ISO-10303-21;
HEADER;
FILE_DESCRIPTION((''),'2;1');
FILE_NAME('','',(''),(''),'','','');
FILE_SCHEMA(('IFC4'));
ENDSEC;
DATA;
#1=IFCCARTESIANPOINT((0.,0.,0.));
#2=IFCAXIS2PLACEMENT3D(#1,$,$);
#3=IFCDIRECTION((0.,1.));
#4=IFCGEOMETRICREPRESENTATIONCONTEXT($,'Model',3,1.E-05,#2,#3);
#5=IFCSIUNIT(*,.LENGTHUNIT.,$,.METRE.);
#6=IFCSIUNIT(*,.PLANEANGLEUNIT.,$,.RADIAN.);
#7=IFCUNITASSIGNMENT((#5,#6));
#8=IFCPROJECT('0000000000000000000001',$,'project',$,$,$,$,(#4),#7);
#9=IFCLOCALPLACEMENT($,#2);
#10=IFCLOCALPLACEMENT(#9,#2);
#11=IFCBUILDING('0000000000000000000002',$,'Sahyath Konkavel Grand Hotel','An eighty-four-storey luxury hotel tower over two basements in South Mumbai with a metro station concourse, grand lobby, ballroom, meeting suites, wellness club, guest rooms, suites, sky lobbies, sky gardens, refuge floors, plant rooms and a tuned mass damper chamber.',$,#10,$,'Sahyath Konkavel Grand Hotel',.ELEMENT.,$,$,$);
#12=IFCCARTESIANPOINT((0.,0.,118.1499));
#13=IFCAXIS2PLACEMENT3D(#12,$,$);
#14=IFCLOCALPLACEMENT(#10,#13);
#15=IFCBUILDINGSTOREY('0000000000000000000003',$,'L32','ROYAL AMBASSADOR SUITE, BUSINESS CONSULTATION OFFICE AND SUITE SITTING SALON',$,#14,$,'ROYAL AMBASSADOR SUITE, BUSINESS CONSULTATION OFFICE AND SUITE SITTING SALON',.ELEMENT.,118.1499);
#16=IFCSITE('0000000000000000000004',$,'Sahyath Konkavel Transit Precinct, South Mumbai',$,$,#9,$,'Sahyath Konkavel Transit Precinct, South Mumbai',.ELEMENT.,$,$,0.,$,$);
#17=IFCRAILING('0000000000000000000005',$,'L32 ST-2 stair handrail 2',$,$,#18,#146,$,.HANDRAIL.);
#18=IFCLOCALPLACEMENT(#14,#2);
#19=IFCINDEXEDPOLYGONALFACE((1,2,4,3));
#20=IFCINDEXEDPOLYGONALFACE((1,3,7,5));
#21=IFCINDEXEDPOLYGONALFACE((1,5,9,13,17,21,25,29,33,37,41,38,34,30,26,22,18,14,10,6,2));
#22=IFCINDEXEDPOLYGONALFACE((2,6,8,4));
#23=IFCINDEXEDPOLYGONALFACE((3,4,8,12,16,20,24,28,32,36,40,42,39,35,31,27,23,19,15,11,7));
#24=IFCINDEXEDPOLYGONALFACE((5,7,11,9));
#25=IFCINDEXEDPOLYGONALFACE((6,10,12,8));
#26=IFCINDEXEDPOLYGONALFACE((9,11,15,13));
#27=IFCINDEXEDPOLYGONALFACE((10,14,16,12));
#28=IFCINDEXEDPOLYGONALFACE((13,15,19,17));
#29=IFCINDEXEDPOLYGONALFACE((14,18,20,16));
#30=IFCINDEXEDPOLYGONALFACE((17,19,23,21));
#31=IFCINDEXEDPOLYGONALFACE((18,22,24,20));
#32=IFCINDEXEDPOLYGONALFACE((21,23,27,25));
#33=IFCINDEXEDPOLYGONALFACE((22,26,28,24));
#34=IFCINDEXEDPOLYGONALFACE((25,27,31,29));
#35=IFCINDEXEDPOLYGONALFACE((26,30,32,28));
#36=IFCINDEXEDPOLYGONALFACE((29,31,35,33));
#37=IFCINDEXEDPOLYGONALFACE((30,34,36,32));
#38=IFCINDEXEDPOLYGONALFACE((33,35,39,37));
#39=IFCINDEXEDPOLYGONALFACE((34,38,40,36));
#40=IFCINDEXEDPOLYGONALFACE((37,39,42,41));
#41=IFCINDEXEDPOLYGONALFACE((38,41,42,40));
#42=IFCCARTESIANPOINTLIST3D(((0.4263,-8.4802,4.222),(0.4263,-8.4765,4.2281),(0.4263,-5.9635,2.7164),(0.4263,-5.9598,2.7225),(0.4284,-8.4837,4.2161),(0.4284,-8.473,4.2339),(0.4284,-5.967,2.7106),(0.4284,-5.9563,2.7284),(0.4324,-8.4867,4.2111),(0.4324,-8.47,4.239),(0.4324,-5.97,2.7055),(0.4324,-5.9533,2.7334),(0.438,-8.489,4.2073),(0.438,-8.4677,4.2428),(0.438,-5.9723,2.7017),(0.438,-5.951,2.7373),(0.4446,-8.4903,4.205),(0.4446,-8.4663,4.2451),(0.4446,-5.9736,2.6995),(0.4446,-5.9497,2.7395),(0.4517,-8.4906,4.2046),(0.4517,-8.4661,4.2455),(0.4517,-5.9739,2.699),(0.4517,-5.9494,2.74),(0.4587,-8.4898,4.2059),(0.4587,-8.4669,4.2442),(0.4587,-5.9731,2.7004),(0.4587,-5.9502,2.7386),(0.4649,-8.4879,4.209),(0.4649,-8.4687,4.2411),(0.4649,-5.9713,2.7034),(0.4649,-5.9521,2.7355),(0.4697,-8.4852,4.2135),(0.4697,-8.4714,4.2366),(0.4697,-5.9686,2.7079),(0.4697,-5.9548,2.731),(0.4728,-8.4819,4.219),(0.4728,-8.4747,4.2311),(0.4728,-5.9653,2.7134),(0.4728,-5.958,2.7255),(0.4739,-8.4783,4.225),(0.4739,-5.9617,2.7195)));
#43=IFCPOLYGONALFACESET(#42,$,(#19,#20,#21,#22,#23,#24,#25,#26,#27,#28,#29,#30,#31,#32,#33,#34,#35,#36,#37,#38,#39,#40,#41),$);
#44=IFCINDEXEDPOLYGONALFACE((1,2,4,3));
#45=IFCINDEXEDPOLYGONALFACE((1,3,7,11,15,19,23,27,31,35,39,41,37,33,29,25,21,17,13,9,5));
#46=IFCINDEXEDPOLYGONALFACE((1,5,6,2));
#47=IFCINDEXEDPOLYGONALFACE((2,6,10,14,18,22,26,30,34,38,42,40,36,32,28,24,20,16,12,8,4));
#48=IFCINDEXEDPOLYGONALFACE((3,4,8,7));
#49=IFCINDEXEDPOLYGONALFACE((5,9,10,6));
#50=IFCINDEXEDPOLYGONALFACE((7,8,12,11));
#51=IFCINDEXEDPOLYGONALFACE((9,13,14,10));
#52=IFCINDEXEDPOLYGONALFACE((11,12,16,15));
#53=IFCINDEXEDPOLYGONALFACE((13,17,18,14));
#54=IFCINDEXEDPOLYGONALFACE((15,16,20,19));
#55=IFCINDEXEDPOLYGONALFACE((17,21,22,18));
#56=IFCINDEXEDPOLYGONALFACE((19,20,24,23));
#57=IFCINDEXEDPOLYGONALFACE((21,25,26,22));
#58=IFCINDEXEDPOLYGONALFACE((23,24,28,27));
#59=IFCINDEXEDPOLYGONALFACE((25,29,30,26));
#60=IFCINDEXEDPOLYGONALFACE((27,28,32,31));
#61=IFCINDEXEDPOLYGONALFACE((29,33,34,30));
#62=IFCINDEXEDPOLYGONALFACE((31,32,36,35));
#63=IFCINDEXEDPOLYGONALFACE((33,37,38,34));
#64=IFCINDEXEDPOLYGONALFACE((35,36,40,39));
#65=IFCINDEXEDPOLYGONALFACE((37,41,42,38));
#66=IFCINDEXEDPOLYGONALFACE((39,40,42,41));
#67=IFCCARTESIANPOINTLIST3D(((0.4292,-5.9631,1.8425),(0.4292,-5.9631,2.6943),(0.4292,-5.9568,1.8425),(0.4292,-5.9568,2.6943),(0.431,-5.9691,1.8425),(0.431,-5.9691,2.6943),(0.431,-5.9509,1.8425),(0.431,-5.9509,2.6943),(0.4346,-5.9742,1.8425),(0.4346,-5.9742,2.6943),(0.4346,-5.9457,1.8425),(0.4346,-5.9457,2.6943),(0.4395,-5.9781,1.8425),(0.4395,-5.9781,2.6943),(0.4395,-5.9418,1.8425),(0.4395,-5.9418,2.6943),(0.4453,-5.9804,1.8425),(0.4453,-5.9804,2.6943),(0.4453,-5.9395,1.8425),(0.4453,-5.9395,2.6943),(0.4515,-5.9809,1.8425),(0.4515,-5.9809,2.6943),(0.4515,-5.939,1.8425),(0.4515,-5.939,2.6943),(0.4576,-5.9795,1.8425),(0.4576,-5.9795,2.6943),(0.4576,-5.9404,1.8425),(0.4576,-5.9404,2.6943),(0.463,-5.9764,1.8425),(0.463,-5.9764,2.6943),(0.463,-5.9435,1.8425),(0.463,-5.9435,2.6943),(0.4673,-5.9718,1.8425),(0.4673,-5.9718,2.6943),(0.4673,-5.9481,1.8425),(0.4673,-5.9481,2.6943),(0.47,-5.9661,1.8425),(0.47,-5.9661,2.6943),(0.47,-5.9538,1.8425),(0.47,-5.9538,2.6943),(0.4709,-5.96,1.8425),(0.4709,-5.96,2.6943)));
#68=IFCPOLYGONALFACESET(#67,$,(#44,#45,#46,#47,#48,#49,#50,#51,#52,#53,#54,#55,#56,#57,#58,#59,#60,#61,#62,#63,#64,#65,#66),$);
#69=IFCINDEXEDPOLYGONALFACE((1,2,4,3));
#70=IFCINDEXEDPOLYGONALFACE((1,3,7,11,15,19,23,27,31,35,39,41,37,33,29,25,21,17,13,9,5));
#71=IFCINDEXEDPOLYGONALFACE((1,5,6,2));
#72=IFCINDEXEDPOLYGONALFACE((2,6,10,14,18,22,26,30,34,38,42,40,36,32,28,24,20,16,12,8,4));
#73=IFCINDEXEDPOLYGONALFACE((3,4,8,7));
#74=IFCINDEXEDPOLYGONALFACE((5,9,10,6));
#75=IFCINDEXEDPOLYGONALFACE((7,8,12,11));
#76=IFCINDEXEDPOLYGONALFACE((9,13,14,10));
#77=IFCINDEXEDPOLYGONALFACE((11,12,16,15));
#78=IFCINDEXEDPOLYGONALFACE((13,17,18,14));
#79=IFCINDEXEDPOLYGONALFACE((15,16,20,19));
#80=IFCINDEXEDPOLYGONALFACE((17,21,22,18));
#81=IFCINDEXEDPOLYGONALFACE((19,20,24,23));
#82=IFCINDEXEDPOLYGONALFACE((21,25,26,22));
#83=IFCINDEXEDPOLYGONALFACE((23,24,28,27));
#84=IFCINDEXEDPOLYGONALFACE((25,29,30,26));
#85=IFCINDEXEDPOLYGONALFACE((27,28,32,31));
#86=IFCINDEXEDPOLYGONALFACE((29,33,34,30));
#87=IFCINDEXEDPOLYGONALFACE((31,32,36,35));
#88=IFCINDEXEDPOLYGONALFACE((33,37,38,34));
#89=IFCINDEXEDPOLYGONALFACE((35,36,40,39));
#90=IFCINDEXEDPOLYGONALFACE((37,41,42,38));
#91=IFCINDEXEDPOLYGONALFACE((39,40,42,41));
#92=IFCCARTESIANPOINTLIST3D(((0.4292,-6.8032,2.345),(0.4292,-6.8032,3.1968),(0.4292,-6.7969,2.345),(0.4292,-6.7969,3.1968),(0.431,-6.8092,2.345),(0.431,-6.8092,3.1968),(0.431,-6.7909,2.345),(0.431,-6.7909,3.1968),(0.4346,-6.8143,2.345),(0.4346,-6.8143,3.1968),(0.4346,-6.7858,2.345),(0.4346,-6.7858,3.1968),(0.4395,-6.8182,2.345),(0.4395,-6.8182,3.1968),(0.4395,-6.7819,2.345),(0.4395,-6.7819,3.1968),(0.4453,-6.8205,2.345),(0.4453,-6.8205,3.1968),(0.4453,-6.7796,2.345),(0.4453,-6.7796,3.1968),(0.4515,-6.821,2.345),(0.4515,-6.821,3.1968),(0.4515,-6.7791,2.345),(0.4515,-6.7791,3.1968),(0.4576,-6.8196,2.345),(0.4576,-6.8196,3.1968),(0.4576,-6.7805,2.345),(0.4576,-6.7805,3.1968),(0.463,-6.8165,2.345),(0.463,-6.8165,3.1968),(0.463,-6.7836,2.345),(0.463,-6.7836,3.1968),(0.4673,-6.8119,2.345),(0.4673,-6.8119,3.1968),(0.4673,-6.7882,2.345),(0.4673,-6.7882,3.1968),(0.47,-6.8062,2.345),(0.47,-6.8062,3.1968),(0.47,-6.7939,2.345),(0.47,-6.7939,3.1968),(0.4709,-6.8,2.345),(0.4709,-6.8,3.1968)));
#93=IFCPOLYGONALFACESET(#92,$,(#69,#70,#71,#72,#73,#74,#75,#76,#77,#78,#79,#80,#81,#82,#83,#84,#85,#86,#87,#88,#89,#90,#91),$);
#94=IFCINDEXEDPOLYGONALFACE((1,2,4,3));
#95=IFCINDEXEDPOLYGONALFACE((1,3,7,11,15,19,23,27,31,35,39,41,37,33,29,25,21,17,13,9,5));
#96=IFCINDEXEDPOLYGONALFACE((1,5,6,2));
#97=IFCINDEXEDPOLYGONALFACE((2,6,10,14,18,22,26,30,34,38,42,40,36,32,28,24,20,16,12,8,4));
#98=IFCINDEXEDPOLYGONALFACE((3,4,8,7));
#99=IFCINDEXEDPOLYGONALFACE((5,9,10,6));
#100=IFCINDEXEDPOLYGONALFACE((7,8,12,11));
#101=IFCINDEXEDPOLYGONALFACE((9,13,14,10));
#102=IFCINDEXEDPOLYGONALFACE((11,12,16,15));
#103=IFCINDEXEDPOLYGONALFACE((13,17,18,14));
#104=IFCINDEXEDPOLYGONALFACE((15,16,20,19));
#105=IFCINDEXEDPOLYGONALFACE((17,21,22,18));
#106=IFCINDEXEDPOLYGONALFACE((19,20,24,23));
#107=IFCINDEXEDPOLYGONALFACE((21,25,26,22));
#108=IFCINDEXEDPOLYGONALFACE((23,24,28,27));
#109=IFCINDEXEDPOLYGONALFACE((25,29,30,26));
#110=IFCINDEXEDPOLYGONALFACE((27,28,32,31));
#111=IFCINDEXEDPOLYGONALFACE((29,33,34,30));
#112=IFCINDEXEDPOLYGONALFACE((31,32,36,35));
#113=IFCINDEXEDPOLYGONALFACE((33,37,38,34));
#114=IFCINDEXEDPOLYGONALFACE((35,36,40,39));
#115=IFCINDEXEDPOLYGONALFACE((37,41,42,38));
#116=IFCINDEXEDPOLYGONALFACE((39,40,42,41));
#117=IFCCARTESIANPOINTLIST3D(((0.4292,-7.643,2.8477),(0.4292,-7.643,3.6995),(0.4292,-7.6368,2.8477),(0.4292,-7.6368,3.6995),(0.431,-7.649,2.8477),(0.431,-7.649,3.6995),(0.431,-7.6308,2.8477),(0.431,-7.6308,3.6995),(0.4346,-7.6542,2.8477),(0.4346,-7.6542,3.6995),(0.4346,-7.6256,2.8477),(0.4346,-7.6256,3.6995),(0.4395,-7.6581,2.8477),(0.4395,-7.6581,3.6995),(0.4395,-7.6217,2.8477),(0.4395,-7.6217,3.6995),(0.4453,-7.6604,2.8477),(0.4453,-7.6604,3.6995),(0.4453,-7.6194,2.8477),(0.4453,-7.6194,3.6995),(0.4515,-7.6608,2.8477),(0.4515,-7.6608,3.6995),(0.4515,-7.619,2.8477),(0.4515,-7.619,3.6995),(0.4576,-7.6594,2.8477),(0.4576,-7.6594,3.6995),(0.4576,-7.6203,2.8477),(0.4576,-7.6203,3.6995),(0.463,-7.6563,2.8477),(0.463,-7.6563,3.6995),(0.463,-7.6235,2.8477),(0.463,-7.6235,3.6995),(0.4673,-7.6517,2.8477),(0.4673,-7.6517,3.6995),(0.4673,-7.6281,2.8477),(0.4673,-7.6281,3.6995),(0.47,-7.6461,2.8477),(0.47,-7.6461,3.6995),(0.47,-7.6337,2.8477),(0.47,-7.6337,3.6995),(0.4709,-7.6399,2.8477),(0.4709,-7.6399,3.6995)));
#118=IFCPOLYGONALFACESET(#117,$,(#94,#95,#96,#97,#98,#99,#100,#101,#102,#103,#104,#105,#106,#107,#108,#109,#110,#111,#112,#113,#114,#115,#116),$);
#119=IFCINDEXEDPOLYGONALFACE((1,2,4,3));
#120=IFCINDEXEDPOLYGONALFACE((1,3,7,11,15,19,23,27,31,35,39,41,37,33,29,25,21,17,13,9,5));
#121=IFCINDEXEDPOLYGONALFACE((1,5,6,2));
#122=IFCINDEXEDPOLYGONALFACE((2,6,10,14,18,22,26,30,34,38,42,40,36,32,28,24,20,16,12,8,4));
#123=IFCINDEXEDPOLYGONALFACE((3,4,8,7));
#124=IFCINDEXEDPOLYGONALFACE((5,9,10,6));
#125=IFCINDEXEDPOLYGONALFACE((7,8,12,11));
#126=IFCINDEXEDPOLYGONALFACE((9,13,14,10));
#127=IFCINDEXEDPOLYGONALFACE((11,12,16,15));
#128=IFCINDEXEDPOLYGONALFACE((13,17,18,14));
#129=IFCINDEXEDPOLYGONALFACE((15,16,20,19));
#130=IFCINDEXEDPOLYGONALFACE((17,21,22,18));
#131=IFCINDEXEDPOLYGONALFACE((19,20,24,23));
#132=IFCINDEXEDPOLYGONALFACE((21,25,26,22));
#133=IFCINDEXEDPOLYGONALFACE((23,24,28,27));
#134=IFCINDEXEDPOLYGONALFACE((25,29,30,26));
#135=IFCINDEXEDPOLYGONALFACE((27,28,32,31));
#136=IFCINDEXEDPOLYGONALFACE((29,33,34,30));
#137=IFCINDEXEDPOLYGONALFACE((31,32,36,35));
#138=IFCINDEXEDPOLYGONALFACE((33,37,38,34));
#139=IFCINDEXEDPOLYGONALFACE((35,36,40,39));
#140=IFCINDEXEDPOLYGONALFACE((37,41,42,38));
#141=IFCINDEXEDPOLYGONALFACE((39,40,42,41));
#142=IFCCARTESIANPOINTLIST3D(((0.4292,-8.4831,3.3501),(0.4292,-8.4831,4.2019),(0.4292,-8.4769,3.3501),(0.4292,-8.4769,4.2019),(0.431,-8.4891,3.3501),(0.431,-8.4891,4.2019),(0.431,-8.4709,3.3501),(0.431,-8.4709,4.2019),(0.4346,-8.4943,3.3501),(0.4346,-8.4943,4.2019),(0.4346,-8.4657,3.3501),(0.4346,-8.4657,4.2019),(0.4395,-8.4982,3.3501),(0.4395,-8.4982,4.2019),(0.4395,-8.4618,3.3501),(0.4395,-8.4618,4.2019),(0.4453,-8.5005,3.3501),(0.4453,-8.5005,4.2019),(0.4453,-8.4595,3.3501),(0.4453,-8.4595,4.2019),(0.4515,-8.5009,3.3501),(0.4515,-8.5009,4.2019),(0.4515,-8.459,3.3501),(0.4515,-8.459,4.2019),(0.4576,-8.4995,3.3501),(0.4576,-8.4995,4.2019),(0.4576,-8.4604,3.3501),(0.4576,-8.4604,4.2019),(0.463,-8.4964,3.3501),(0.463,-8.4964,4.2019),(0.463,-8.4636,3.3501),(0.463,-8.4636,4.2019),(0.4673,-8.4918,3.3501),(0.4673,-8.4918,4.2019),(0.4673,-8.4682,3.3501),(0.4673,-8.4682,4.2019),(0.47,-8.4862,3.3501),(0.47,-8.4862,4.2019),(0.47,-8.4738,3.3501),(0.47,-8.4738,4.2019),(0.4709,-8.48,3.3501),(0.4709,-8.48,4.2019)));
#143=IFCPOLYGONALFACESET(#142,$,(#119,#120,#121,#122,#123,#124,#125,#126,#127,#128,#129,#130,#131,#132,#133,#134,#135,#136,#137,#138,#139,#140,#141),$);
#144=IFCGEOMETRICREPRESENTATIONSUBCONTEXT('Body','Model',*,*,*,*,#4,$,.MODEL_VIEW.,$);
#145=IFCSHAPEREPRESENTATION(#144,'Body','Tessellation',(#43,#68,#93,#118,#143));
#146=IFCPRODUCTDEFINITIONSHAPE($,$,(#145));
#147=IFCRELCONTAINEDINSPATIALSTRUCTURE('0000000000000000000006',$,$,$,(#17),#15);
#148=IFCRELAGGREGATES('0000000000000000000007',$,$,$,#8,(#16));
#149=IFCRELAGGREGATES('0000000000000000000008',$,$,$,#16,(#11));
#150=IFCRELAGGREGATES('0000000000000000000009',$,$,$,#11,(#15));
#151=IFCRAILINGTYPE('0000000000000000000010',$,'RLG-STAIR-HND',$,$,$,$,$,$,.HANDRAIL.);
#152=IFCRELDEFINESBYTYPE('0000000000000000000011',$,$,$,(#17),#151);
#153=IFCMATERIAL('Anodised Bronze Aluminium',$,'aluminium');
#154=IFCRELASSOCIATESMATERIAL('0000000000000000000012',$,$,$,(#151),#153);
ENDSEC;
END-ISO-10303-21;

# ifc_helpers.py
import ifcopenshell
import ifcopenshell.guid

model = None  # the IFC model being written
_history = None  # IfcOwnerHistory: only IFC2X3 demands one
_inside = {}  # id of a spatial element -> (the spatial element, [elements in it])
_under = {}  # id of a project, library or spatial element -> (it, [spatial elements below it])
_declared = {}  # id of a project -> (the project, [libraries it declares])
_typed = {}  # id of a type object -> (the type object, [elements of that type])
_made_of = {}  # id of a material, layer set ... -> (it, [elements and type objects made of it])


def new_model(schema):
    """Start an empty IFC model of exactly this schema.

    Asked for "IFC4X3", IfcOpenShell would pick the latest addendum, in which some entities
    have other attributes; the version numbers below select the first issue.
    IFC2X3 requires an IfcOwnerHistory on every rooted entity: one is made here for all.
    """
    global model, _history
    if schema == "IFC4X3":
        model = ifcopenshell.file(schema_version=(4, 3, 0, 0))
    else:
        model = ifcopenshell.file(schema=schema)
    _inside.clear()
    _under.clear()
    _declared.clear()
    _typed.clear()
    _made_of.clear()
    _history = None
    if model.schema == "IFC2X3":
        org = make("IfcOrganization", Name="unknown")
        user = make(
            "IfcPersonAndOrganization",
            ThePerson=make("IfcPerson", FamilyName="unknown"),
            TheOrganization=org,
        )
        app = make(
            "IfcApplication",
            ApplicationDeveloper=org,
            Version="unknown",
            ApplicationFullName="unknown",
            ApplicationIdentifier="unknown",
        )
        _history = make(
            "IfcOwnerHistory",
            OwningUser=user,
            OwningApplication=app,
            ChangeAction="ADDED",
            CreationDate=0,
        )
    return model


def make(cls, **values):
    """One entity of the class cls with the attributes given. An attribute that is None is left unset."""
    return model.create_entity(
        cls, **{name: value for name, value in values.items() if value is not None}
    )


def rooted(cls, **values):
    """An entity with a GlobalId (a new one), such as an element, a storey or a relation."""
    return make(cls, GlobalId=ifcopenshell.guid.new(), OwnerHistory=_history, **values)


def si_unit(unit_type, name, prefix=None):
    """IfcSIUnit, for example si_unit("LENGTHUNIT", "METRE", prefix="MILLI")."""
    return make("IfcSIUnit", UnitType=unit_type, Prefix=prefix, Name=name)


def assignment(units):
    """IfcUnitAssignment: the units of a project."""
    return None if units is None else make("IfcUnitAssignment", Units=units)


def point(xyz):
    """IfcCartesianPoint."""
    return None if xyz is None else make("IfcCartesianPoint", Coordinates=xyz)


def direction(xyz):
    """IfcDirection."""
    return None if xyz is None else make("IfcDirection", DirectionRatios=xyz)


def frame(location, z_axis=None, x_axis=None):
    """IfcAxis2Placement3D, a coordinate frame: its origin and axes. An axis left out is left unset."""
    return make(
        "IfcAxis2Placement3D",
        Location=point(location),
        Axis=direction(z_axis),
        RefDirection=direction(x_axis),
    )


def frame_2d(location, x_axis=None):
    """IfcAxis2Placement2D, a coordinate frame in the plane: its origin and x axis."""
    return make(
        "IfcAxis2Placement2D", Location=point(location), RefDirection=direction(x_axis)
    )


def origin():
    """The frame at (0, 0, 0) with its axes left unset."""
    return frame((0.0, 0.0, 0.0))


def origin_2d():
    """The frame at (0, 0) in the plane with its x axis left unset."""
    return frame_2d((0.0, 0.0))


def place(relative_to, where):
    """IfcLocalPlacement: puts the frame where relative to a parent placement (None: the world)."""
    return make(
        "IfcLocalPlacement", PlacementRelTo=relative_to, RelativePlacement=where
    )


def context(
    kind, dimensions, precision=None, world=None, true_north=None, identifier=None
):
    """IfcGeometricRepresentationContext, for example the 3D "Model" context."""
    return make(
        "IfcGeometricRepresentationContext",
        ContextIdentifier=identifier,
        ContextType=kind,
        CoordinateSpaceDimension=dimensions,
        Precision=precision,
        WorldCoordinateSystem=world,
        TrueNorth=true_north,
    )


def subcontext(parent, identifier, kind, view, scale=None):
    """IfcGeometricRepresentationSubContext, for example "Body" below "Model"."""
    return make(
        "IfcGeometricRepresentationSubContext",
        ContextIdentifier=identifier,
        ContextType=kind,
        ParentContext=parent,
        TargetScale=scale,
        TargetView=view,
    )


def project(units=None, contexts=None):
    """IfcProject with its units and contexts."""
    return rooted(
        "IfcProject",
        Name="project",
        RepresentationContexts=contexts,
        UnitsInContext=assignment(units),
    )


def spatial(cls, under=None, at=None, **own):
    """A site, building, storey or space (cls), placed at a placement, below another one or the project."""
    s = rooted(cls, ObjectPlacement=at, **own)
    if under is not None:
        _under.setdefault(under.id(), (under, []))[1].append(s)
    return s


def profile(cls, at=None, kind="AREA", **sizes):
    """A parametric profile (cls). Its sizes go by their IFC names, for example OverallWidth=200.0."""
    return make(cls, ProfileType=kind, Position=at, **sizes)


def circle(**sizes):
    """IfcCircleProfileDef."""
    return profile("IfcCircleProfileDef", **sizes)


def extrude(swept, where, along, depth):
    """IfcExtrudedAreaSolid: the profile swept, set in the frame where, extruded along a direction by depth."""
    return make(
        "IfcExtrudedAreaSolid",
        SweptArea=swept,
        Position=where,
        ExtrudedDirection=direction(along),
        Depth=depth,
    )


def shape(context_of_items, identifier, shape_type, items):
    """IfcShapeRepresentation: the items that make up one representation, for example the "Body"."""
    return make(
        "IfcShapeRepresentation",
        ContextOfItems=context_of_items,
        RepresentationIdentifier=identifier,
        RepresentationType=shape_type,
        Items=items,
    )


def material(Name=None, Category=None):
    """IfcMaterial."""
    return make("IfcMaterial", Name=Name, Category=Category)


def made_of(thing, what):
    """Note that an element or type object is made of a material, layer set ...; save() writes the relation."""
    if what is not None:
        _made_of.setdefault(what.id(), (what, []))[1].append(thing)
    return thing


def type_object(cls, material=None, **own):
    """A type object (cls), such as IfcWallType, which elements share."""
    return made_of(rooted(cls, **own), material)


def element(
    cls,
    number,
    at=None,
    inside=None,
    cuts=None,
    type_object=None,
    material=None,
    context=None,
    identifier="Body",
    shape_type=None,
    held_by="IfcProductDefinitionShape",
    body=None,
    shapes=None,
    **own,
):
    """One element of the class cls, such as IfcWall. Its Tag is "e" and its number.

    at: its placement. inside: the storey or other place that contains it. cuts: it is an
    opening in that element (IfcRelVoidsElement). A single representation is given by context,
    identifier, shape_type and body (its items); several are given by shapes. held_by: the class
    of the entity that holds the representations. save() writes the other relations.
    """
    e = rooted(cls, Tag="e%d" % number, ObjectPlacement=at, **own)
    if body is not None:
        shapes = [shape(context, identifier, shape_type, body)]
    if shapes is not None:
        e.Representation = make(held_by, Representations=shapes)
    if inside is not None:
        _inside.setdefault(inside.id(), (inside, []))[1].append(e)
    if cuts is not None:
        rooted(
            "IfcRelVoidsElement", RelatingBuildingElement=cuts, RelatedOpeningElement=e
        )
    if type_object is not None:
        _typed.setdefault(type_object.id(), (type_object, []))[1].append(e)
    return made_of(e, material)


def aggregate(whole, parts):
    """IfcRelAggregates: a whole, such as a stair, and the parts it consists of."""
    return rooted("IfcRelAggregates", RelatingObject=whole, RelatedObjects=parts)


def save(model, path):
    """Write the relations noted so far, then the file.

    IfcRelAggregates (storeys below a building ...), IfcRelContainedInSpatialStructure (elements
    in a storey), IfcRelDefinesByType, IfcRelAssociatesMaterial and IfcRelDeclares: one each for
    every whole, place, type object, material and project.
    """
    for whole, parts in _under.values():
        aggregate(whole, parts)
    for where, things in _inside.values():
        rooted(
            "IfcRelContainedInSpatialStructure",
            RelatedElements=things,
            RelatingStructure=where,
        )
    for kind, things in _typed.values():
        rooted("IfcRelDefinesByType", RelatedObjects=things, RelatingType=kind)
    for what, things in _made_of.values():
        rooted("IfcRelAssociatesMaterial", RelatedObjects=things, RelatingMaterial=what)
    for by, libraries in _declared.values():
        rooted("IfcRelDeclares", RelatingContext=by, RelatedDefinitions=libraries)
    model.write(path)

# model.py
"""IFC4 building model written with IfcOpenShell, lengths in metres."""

from ifc_helpers import new_model, si_unit, direction, frame, origin, origin_2d, place, context, subcontext, project, spatial, circle, extrude, material, type_object, element, save


model = new_model("IFC4")

# Units and contexts
model_context = context("Model", 3, precision=1e-05, world=origin(), true_north=direction((0.0, 1.0)))
body_context = subcontext(model_context, "Body", "Model", "MODEL_VIEW")
ifc_project = project(units=[si_unit("LENGTHUNIT", "METRE"), si_unit("PLANEANGLEUNIT", "RADIAN")], contexts=[model_context])

# Site, building, storey
site_placement = place(None, origin())
site = spatial("IfcSite", under=ifc_project, at=site_placement, Name="Sahyath Konkavel Transit Precinct, South Mumbai", LongName="Sahyath Konkavel Transit Precinct, South Mumbai", CompositionType="ELEMENT", RefElevation=0.0)
building_placement = place(site_placement, origin())
building = spatial("IfcBuilding", under=site, at=building_placement, Name="Sahyath Konkavel Grand Hotel", Description="An eighty-four-storey luxury hotel tower over two basements in South Mumbai with a metro station concourse, grand lobby, ballroom, meeting suites, wellness club, guest rooms, suites, sky lobbies, sky gardens, refuge floors, plant rooms and a tuned mass damper chamber.", LongName="Sahyath Konkavel Grand Hotel", CompositionType="ELEMENT")
storey_placement = place(building_placement, frame((0.0, 0.0, 118.1499)))
storey = spatial("IfcBuildingStorey", under=building, at=storey_placement, Name="L32", Description="ROYAL AMBASSADOR SUITE, BUSINESS CONSULTATION OFFICE AND SUITE SITTING SALON", LongName="ROYAL AMBASSADOR SUITE, BUSINESS CONSULTATION OFFICE AND SUITE SITTING SALON", CompositionType="ELEMENT", Elevation=118.1499)

# Shared definitions
ifc_material_1 = material(Name="Anodised Bronze Aluminium", Category="aluminium")

# Railing
railing_type_1 = type_object("IfcRailingType", Name="RLG-STAIR-HND", PredefinedType="HANDRAIL", material=ifc_material_1)
railing_1_placement = place(storey_placement, frame((0.45, -5.96, 1.8425)))
element("IfcRailing", 1, at=railing_1_placement, inside=storey, type_object=railing_type_1, Name="L32 ST-2 stair handrail 2", PredefinedType="HANDRAIL", context=body_context, shape_type="SweptSolid", body=[
    extrude(circle(Radius=0.0239, at=origin_2d()), frame((0.0, -0.0017, 0.877), z_axis=(0.0, -0.85816, 0.513383), x_axis=(1.0, 0.0, 0.0)), (0.0, 0.0, 1.0), 2.9326),
    extrude(circle(Radius=0.021, at=origin_2d()), origin(), (0.0, 0.0, 1.0), 0.8518),
    extrude(circle(Radius=0.021, at=origin_2d()), frame((0.0, -0.8401, 0.5024)), (0.0, 0.0, 1.0), 0.8518),
    extrude(circle(Radius=0.021, at=origin_2d()), frame((0.0, -1.6799, 1.0051)), (0.0, 0.0, 1.0), 0.8518),
    extrude(circle(Radius=0.021, at=origin_2d()), frame((0.0, -2.52, 1.5076)), (0.0, 0.0, 1.0), 0.8518),
])

save(model, "model.ifc")
